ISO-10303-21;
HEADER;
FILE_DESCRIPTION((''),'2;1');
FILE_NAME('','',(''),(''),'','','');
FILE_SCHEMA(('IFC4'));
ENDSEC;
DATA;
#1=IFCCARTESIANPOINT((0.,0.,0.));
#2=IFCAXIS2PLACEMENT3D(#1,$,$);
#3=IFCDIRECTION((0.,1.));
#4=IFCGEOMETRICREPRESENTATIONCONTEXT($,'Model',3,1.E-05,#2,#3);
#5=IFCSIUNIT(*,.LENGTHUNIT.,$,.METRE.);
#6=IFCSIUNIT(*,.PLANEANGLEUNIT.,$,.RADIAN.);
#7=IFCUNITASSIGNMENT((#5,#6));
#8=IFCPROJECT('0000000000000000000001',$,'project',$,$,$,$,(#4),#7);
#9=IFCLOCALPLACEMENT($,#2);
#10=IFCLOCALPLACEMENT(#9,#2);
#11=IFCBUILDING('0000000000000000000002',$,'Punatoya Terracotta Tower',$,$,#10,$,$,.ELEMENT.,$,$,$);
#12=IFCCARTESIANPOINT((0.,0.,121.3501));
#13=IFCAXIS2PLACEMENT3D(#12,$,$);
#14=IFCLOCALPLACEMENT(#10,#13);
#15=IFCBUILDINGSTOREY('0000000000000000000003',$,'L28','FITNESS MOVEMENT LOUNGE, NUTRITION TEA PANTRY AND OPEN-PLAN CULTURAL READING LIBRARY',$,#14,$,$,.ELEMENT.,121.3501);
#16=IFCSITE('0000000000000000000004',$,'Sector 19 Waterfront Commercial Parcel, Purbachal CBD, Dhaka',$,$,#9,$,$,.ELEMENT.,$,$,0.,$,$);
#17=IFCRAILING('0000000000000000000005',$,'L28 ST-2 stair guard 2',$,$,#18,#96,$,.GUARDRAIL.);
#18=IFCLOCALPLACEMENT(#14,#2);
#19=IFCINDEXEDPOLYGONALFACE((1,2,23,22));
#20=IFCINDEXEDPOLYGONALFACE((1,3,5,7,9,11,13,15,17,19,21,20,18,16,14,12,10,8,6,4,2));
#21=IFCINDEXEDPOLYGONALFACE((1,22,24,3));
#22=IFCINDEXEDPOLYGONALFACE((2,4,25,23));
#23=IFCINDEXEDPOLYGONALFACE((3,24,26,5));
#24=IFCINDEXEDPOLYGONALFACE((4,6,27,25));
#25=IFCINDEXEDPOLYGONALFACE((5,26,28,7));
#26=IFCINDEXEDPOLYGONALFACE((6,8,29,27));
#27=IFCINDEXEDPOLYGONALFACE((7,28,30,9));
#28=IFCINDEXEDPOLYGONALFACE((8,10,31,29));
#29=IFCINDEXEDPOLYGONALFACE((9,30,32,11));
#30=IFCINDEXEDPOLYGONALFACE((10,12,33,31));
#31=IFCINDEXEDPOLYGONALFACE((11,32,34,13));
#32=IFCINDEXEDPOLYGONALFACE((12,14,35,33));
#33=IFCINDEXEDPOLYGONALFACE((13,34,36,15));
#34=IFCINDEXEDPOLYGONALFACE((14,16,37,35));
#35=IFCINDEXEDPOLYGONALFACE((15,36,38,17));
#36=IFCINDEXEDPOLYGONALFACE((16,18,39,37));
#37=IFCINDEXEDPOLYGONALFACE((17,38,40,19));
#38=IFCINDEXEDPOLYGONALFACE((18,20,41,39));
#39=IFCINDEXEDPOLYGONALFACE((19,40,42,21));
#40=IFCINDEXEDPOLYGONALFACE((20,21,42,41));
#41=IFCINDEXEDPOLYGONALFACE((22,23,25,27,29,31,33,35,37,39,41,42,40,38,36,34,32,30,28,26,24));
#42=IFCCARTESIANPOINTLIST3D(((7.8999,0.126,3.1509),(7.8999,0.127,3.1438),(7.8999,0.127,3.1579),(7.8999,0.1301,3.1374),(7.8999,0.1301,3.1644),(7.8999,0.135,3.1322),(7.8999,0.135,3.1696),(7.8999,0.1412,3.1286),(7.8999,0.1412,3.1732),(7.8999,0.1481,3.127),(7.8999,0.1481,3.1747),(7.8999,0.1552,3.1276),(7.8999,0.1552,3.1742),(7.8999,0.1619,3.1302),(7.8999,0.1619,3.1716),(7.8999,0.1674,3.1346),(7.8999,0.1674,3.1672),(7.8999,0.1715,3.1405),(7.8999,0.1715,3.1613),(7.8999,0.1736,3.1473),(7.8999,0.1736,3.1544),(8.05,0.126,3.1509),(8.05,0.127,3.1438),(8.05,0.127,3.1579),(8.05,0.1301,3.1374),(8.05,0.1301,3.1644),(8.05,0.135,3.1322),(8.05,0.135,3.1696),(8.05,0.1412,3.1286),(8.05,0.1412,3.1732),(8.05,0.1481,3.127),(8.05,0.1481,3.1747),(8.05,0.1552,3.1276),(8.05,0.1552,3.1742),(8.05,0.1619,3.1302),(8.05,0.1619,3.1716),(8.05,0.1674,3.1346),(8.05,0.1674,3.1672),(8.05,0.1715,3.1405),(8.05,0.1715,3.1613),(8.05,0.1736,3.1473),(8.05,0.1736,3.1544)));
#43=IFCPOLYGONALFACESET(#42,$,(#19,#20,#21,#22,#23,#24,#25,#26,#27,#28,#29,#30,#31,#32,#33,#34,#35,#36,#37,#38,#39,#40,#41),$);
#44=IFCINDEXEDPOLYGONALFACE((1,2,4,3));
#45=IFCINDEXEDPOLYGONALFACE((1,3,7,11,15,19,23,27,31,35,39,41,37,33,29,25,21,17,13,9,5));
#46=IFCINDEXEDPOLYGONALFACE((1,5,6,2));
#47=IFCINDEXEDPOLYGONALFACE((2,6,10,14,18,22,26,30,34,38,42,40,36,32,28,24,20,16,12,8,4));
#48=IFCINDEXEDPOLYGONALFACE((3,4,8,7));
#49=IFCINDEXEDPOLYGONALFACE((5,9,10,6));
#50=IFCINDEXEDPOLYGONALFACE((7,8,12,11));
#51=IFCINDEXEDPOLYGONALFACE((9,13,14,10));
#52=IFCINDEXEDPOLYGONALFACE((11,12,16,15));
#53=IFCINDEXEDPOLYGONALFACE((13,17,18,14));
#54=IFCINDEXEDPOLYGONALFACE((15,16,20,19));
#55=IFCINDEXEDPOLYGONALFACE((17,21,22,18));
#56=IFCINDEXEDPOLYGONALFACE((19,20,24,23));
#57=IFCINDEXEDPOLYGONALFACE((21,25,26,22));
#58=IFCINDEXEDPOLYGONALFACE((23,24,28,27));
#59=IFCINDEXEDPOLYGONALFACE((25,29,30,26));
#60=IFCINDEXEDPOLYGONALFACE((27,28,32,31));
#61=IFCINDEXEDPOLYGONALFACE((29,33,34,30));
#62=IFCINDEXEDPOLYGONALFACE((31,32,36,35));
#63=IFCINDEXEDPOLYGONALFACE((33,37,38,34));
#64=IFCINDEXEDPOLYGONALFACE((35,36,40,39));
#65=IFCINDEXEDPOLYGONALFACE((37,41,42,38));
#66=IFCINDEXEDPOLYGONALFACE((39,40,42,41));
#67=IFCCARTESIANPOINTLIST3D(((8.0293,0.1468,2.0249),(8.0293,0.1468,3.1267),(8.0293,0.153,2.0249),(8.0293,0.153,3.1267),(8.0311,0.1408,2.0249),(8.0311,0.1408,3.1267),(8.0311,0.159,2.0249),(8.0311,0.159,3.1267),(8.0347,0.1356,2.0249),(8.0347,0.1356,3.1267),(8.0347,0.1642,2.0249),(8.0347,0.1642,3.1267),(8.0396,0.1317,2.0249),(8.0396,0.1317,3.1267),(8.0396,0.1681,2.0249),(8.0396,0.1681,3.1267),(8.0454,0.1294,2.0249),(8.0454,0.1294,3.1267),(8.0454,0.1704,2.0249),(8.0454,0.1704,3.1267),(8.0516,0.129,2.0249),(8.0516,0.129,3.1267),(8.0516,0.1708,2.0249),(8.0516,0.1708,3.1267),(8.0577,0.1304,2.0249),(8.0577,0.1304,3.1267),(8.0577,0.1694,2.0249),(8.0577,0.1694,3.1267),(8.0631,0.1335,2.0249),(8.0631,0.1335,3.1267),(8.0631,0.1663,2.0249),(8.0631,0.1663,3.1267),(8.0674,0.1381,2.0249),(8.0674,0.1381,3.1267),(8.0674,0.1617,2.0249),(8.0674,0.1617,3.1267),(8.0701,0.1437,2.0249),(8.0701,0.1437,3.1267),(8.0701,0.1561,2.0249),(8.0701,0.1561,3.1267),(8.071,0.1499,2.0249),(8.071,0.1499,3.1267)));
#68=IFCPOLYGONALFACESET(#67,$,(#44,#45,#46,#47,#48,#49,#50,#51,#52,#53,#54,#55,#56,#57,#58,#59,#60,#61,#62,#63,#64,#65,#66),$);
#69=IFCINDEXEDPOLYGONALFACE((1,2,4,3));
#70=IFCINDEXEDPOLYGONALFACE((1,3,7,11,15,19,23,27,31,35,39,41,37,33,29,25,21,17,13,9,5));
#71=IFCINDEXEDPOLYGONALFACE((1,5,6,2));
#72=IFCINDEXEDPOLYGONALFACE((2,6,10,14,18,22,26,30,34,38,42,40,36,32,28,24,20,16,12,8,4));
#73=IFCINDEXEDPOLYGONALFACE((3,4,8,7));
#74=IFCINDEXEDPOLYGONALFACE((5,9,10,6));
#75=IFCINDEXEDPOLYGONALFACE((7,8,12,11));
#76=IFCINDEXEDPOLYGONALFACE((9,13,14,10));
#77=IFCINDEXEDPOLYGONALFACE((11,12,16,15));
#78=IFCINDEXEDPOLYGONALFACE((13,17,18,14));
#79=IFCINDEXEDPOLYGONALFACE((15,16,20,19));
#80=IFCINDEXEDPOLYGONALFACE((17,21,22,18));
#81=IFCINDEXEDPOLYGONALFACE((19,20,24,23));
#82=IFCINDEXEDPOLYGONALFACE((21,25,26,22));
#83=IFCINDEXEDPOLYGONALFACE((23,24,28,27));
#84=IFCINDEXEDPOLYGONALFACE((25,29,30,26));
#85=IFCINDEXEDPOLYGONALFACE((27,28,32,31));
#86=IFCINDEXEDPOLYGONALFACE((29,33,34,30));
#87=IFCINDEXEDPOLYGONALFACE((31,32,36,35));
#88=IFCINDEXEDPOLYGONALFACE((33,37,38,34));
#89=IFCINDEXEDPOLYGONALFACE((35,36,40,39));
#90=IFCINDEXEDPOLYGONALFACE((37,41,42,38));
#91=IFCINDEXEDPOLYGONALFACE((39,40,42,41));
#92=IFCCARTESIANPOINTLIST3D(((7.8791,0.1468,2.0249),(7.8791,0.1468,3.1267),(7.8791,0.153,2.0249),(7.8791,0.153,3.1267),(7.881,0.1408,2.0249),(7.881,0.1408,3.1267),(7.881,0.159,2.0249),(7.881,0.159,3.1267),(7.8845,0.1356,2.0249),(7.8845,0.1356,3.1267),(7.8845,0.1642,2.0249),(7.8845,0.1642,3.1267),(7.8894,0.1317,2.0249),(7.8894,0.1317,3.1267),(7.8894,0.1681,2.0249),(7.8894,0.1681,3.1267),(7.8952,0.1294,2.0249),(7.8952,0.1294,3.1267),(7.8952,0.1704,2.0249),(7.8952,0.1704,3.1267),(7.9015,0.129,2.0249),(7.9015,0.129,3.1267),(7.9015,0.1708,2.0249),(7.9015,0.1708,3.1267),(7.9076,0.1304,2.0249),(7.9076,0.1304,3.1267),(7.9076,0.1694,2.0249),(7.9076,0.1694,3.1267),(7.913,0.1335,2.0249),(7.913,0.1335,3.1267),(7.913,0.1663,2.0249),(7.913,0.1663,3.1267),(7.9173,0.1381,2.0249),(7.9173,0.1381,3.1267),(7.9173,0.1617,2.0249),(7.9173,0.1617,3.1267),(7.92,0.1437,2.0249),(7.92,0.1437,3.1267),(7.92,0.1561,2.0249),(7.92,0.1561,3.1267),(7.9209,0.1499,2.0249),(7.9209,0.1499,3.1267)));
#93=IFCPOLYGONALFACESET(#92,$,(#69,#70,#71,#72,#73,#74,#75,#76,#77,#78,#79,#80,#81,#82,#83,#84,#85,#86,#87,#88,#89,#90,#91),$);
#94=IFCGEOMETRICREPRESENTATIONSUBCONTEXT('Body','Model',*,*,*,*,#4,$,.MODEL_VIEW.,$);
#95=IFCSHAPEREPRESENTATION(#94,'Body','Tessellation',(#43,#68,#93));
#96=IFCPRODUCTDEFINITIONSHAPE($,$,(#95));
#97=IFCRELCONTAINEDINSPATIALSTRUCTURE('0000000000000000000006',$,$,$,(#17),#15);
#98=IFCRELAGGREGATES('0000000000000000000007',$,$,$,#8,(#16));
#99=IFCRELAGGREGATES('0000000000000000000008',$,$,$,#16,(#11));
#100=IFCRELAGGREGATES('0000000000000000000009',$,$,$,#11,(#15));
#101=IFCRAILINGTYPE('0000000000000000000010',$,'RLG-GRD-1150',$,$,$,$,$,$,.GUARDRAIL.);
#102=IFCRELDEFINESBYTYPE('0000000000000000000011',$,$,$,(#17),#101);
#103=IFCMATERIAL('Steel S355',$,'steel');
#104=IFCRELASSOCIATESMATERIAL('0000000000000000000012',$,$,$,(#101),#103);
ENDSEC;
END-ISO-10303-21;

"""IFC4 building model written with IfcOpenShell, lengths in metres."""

from ifc_helpers import new_model, si_unit, direction, frame, origin, origin_2d, place, context, subcontext, project, spatial, circle, extrude, material, type_object, element, save


model = new_model("IFC4")

# Units and contexts
model_context = context("Model", 3, precision=1e-05, world=origin(), true_north=direction((0.0, 1.0)))
body_context = subcontext(model_context, "Body", "Model", "MODEL_VIEW")
ifc_project = project(units=[si_unit("LENGTHUNIT", "METRE"), si_unit("PLANEANGLEUNIT", "RADIAN")], contexts=[model_context])

# Site, building, storey
site_placement = place(None, origin())
site = spatial("IfcSite", under=ifc_project, at=site_placement, Name="Sector 19 Waterfront Commercial Parcel, Purbachal CBD, Dhaka", CompositionType="ELEMENT", RefElevation=0.0)
building_placement = place(site_placement, origin())
building = spatial("IfcBuilding", under=site, at=building_placement, Name="Punatoya Terracotta Tower", CompositionType="ELEMENT")
storey_placement = place(building_placement, frame((0.0, 0.0, 121.3501)))
storey = spatial("IfcBuildingStorey", under=building, at=storey_placement, Name="L28", Description="FITNESS MOVEMENT LOUNGE, NUTRITION TEA PANTRY AND OPEN-PLAN CULTURAL READING LIBRARY", CompositionType="ELEMENT", Elevation=121.3501)

# Shared definitions
ifc_material_1 = material(Name="Steel S355", Category="steel")

# Railing
railing_type_1 = type_object("IfcRailingType", Name="RLG-GRD-1150", PredefinedType="GUARDRAIL", material=ifc_material_1)
railing_1_placement = place(storey_placement, frame((8.05, 0.1499, 2.0249)))
element("IfcRailing", 1, at=railing_1_placement, inside=storey, type_object=railing_type_1, Name="L28 ST-2 stair guard 2", PredefinedType="GUARDRAIL", context=body_context, shape_type="SweptSolid", body=[
    extrude(circle(Radius=0.0239, at=origin_2d()), frame((0.0, 0.0, 1.126), z_axis=(-1.0, 0.0, 0.0), x_axis=(0.0, -1.0, 0.0)), (0.0, 0.0, 1.0), 0.1501),
    extrude(circle(Radius=0.021, at=origin_2d()), origin(), (0.0, 0.0, 1.0), 1.1018),
    extrude(circle(Radius=0.021, at=origin_2d()), frame((-0.1501, 0.0, 0.0)), (0.0, 0.0, 1.0), 1.1018),
])

save(model, "model.ifc")
